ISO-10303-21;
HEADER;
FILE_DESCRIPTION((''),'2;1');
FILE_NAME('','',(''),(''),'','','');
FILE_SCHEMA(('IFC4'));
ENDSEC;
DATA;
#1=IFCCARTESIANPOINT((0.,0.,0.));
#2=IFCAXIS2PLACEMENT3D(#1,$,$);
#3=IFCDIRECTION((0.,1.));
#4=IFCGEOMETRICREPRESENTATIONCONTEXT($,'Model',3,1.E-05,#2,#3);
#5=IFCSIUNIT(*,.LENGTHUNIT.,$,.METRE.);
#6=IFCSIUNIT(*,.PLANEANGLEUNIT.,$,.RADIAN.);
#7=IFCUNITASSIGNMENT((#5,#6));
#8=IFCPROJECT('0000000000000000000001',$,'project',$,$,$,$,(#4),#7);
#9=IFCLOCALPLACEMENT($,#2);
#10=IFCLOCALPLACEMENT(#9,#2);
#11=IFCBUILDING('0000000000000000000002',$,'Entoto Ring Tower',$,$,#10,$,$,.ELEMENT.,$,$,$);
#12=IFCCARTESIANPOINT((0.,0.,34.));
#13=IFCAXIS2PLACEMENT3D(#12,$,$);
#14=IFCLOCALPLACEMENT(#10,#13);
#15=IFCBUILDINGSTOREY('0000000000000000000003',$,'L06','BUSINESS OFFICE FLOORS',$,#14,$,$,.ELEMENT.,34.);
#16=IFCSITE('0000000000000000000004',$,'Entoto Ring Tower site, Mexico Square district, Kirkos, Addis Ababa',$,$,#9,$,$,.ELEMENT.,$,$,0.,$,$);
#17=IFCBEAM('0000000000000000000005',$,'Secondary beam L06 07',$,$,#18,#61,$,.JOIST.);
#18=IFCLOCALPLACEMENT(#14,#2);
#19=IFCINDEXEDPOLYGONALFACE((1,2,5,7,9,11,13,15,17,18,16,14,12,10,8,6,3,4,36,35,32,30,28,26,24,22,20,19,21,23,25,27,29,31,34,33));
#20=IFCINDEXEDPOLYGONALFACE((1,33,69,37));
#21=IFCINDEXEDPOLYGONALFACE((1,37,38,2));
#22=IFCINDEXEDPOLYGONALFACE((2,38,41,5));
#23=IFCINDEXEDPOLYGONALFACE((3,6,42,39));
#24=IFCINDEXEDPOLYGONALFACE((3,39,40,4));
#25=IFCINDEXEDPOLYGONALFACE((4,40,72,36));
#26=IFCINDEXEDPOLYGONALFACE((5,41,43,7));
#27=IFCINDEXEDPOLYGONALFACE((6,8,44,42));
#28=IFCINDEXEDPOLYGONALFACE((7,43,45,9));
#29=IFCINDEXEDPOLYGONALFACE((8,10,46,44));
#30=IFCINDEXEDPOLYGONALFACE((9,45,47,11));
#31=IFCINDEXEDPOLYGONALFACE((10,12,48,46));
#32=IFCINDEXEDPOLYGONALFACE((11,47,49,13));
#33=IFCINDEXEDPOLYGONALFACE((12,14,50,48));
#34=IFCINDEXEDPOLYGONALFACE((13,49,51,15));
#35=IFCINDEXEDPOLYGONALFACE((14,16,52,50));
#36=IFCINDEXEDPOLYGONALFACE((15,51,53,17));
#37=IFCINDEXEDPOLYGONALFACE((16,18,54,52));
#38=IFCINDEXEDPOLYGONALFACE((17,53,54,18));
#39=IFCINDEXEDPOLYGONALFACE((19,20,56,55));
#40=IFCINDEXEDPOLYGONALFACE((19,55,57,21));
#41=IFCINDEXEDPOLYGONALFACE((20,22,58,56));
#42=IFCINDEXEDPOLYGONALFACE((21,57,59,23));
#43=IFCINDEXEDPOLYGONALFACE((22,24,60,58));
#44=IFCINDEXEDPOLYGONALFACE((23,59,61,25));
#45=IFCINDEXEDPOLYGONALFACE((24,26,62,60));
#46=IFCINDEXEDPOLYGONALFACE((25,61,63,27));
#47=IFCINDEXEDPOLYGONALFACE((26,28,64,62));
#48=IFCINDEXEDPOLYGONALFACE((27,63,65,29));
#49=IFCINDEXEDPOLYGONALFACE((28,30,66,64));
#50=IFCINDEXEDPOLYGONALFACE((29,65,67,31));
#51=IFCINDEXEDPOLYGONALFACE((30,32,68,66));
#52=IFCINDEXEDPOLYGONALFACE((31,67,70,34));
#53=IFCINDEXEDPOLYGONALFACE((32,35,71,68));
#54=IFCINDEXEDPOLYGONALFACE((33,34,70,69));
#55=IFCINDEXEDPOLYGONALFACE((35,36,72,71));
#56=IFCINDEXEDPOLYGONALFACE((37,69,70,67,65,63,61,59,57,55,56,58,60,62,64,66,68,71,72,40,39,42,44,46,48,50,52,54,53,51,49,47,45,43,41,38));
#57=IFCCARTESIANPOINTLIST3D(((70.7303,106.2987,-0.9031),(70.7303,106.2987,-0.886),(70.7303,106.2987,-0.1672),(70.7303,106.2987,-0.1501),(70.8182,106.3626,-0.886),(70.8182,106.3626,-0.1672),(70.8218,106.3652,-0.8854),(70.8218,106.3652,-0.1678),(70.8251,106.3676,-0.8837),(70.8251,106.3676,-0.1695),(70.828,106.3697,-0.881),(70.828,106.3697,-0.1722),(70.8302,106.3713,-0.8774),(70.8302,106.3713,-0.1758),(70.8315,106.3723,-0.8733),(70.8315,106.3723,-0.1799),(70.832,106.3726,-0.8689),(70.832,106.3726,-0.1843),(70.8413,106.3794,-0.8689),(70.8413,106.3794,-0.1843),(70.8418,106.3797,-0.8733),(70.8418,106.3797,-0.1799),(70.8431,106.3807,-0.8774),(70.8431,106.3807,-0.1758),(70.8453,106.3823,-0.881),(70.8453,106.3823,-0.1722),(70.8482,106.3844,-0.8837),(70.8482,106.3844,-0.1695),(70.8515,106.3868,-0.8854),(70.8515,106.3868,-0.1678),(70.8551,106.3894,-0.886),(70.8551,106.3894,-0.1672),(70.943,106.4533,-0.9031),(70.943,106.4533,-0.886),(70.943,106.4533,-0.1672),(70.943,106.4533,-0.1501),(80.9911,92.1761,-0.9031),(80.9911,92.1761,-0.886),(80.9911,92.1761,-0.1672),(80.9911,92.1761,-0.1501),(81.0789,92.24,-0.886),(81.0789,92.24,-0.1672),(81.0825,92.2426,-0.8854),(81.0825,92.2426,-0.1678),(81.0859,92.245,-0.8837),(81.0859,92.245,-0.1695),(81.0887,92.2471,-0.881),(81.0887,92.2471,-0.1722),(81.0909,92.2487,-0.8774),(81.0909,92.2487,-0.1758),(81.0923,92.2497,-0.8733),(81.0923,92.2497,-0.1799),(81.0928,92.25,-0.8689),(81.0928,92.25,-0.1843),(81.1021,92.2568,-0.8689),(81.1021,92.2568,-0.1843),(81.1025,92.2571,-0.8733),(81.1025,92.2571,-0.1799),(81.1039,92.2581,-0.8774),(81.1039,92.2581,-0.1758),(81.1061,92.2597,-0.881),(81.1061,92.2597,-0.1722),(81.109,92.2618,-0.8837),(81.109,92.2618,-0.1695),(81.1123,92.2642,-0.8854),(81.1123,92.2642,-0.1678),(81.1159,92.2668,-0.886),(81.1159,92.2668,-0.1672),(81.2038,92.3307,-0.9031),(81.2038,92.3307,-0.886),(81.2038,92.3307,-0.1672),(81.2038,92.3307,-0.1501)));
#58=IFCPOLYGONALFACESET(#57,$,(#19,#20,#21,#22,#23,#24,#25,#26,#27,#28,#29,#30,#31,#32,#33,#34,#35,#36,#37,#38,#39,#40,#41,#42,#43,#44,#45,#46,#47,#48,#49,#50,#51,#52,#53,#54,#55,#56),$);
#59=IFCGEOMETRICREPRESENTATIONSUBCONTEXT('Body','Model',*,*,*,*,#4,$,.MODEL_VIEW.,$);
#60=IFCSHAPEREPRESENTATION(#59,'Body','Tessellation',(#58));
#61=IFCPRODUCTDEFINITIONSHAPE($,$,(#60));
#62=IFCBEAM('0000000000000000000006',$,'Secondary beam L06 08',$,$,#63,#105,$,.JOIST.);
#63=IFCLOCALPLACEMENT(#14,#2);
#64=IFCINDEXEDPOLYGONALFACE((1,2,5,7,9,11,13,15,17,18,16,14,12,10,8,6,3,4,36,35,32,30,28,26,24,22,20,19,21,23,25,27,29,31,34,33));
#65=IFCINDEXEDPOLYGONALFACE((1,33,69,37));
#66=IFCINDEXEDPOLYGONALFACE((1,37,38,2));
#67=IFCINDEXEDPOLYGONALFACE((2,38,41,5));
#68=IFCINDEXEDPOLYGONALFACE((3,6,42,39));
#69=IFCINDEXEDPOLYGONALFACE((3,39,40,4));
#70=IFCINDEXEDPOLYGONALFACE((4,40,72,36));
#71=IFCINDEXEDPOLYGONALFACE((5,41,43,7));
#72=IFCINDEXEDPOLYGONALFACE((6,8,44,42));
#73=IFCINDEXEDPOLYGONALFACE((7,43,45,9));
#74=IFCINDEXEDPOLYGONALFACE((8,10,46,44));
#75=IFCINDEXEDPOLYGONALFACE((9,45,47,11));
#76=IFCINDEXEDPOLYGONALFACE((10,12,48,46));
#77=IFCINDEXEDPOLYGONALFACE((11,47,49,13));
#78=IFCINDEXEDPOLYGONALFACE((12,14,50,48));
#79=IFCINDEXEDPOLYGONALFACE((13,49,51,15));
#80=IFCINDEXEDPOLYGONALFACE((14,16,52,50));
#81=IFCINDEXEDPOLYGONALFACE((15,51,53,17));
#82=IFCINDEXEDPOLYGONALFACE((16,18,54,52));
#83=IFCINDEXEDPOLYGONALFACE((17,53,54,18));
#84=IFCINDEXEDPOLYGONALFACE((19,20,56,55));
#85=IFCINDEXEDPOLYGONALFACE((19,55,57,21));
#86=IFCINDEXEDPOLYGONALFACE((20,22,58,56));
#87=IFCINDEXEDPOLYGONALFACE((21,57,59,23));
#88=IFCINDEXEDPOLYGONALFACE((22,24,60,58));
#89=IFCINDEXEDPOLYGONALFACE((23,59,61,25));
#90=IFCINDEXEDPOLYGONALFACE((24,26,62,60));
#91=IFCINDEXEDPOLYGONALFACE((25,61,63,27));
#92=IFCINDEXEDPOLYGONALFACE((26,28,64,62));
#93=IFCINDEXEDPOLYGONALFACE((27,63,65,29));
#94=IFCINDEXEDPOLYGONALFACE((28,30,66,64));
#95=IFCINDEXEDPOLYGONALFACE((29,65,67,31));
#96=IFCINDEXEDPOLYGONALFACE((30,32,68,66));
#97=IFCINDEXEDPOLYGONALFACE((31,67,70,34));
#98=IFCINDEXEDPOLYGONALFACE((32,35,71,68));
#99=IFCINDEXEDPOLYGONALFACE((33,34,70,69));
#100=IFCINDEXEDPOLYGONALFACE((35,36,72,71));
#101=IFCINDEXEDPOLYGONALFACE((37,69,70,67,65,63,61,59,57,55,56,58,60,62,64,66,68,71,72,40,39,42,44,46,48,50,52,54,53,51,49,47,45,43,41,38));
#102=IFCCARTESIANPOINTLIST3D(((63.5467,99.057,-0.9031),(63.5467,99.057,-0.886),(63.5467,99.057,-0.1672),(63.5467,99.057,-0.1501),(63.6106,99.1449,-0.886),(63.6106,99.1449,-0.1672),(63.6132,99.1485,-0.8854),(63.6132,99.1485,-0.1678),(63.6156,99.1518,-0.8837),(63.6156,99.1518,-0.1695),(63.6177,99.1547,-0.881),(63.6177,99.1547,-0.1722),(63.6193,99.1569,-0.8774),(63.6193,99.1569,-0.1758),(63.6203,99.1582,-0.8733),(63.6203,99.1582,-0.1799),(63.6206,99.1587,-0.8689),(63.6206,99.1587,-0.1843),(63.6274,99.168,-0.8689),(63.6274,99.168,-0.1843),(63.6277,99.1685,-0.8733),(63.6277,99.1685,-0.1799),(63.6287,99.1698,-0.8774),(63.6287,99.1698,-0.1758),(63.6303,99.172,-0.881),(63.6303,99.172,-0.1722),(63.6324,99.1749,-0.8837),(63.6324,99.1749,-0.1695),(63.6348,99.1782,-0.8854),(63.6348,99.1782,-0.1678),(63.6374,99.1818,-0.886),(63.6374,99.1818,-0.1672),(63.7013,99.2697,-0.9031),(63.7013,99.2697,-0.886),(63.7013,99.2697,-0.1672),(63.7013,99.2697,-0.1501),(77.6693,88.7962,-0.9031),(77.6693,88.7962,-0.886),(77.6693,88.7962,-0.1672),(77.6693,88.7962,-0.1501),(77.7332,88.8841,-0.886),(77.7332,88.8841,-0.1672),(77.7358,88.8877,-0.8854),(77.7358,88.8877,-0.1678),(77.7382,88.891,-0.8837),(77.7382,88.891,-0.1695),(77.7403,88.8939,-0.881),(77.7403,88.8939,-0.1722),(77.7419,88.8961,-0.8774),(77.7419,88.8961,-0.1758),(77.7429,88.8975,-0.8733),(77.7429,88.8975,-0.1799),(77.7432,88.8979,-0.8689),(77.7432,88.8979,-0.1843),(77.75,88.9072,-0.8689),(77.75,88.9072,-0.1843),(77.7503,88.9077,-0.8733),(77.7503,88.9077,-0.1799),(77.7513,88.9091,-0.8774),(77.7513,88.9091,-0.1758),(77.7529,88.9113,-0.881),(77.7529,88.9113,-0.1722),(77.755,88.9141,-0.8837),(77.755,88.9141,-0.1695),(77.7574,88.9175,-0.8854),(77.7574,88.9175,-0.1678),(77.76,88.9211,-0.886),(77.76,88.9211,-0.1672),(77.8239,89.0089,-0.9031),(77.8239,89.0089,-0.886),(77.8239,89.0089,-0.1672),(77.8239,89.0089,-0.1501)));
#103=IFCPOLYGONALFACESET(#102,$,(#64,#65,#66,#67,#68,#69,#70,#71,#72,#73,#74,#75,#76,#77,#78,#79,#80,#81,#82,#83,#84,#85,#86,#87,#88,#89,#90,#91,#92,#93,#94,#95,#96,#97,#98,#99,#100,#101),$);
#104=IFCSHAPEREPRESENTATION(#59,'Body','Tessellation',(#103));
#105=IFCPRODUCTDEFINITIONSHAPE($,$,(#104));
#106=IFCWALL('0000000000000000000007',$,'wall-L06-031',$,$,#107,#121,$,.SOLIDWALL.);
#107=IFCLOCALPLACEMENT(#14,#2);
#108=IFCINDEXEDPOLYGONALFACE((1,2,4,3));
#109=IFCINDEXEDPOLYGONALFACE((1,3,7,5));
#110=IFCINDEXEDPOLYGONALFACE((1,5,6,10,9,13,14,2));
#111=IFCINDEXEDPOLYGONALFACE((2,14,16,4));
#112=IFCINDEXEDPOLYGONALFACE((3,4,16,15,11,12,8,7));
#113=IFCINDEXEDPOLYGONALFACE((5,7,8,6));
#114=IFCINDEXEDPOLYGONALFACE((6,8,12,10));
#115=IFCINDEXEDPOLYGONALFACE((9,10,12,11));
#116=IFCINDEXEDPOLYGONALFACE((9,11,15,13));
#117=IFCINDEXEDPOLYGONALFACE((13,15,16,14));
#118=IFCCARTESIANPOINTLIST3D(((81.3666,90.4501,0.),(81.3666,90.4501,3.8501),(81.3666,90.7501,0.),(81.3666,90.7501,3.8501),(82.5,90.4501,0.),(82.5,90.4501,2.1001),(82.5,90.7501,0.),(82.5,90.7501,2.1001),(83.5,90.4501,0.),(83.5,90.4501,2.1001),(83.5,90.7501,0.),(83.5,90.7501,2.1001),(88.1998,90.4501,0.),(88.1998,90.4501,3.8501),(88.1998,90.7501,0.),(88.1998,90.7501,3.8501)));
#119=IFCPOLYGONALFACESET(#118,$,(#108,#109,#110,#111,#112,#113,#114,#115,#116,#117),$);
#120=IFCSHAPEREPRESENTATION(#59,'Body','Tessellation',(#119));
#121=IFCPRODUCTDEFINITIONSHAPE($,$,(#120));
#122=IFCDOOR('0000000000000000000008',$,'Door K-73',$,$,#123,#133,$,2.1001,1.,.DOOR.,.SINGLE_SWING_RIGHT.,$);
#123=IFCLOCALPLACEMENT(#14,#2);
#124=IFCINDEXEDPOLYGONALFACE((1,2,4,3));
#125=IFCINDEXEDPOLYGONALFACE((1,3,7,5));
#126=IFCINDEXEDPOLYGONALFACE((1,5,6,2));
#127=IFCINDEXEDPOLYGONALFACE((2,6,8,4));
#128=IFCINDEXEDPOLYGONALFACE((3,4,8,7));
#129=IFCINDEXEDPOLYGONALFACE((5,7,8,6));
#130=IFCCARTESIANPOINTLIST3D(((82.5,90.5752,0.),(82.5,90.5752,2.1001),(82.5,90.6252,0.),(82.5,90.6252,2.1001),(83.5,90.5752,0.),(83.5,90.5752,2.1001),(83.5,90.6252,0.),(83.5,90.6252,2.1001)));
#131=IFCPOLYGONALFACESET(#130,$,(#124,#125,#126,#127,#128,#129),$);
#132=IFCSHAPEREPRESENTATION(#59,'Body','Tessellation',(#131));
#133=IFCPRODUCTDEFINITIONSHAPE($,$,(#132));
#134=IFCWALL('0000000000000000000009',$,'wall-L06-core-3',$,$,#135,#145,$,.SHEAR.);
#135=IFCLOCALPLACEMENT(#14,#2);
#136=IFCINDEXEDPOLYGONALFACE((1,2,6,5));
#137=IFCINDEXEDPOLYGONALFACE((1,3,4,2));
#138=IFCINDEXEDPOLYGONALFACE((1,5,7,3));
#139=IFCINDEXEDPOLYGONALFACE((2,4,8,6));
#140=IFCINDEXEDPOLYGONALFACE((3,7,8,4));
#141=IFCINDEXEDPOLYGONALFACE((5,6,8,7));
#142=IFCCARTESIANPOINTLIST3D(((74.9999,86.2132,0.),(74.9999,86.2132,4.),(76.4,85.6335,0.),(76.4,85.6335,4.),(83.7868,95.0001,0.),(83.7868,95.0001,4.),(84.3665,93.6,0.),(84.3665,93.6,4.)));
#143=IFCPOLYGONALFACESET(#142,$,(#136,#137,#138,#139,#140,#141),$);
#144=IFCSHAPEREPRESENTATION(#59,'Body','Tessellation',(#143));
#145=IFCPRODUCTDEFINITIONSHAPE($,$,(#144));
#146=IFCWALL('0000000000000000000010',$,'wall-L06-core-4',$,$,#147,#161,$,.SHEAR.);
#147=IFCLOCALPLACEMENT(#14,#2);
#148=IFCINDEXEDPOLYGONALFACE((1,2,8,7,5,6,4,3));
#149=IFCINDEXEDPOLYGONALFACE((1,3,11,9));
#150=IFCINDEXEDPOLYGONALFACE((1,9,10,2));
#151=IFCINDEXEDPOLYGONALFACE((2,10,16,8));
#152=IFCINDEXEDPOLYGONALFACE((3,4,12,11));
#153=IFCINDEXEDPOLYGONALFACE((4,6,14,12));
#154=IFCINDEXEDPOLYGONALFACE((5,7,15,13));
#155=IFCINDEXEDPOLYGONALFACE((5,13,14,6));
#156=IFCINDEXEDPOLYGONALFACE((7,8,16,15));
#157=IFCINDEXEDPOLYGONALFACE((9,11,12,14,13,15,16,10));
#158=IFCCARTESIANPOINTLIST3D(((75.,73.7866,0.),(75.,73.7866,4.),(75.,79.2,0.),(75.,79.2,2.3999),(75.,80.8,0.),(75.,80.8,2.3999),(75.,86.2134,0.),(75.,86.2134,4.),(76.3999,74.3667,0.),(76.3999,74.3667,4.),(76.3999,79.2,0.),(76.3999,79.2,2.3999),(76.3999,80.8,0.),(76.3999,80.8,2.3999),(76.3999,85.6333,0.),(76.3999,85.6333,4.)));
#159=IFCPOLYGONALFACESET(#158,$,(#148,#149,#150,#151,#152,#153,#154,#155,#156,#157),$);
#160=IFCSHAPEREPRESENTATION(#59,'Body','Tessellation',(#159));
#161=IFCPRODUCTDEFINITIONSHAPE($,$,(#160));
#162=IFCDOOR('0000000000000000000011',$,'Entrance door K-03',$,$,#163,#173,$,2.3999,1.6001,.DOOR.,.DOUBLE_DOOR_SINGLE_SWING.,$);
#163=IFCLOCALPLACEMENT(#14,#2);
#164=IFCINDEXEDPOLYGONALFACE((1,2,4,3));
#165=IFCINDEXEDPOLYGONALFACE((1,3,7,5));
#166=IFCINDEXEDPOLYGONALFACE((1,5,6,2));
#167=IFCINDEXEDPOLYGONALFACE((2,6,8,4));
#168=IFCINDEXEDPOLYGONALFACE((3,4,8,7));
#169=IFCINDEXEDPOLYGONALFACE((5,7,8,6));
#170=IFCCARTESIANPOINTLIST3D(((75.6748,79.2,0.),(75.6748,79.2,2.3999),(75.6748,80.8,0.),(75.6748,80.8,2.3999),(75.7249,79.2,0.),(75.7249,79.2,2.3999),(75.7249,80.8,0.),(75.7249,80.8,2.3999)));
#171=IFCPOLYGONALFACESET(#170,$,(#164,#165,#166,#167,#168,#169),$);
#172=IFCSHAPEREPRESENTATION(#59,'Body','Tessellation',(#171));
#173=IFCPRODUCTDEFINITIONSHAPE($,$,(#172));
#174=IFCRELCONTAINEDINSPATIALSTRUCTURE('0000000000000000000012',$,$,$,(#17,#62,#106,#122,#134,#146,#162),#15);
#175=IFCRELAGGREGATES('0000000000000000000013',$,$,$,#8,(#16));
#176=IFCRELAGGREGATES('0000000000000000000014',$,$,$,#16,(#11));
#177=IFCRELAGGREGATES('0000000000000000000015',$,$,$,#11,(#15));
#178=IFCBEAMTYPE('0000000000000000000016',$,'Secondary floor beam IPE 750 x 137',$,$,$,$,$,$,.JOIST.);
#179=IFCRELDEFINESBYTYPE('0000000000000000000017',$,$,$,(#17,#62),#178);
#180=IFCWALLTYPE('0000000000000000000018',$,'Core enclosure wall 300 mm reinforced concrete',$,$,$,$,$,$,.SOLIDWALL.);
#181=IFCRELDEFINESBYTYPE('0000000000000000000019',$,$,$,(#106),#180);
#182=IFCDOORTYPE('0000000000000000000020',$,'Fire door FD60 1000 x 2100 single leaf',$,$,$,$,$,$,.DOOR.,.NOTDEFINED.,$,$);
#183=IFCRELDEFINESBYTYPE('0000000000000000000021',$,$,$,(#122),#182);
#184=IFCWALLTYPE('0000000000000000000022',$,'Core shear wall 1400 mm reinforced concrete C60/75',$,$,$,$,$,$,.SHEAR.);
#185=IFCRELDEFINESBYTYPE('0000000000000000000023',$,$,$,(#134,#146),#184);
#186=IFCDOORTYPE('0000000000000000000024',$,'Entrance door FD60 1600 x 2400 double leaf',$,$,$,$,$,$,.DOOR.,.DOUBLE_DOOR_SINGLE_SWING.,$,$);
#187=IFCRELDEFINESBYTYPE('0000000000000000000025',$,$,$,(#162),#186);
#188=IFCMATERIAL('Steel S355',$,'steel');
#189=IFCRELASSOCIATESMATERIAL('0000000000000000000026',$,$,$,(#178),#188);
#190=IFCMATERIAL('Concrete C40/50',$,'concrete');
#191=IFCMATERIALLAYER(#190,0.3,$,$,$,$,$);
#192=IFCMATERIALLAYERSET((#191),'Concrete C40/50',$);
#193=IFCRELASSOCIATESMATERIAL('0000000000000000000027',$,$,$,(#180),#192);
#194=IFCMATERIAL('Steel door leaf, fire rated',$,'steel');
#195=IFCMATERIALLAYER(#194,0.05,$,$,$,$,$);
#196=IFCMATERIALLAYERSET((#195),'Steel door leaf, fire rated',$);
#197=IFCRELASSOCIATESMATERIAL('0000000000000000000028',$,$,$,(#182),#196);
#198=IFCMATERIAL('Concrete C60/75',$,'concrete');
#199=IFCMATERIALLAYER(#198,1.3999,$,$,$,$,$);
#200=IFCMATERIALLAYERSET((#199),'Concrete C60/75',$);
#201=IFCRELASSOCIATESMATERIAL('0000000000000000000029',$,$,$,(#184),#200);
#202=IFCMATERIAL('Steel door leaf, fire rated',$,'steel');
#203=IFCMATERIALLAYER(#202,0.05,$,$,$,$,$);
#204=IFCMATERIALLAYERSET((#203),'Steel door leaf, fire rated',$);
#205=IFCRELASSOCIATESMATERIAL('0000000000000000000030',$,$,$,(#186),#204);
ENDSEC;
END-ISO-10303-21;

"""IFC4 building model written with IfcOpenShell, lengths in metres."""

from ifc_helpers import new_model, si_unit, direction, frame, frame_2d, origin, origin_2d, place, context, subcontext, project, spatial, polyline, rectangle, i_section, outline, extrude, material, layer, layer_set, material_profile, profile_set, type_object, element, fill, save


model = new_model("IFC4")

# Units and contexts
model_context = context("Model", 3, precision=1e-05, world=origin(), true_north=direction((0.0, 1.0)))
body_context = subcontext(model_context, "Body", "Model", "MODEL_VIEW")
ifc_project = project(units=[si_unit("LENGTHUNIT", "METRE"), si_unit("PLANEANGLEUNIT", "RADIAN")], contexts=[model_context])

# Site, building, storey
site_placement = place(None, origin())
site = spatial("IfcSite", under=ifc_project, at=site_placement, Name="Entoto Ring Tower site, Mexico Square district, Kirkos, Addis Ababa", CompositionType="ELEMENT", RefElevation=0.0)
building_placement = place(site_placement, origin())
building = spatial("IfcBuilding", under=site, at=building_placement, Name="Entoto Ring Tower", CompositionType="ELEMENT")
storey_placement = place(building_placement, frame((0.0, 0.0, 34.0)))
storey = spatial("IfcBuildingStorey", under=building, at=storey_placement, Name="L06", Description="BUSINESS OFFICE FLOORS", CompositionType="ELEMENT", Elevation=34.0)

# Beams
ifc_material_1 = material(Name="Steel S355", Category="steel")
ifc_material_profile_1 = material_profile(ifc_material_1, i_section(OverallWidth=0.2629, OverallDepth=0.7529, WebThickness=0.0115, FlangeThickness=0.0171, FilletRadius=0.0171, at=origin_2d()), Name="IPE 750 x 137")
ifc_profile_set_1 = profile_set([ifc_material_profile_1], Name="Steel S355")
beam_type_1 = type_object("IfcBeamType", Name="Secondary floor beam IPE 750 x 137", PredefinedType="JOIST", material=ifc_profile_set_1)
for number, where, z_axis, x_axis, name in (
    (1, (81.0974, 92.2534, -0.5266), (-0.587789, 0.809014, 0.0), (-0.809014, -0.587789, 0.0), "Secondary beam L06 07"),
    (2, (77.7466, 88.9026, -0.5266), (-0.809014, 0.587789, 0.0), (-0.587789, -0.809014, 0.0), "Secondary beam L06 08"),
):
    element("IfcBeam", number, at=place(storey_placement, frame(where, z_axis=z_axis, x_axis=x_axis)), inside=storey, type_object=beam_type_1, Name=name, PredefinedType="JOIST", context=body_context, shape_type="SweptSolid", body=[
        extrude(i_section(OverallWidth=0.2629, OverallDepth=0.7529, WebThickness=0.0115, FlangeThickness=0.0171, FilletRadius=0.0171, at=origin_2d()), origin(), (0.0, 0.0, 1.0), 17.4565),
    ])

# Wall, opening, door
ifc_material_2 = material(Name="Concrete C40/50", Category="concrete")
ifc_layer_1 = layer(ifc_material_2, 0.3)
ifc_layer_set_1 = layer_set([ifc_layer_1], Name="Concrete C40/50")
wall_type_1 = type_object("IfcWallType", Name="Core enclosure wall 300 mm reinforced concrete", PredefinedType="SOLIDWALL", material=ifc_layer_set_1)
wall_1_placement = place(storey_placement, frame((81.3667, 90.6001, 0.0), z_axis=(0.0, 0.0, 1.0), x_axis=(1.0, 0.0, 0.0)))
wall_1 = element("IfcWall", 3, at=wall_1_placement, inside=storey, type_object=wall_type_1, Name="wall-L06-031", PredefinedType="SOLIDWALL", context=body_context, shape_type="SweptSolid", body=[
    extrude(rectangle(XDim=6.8333, YDim=0.3, at=frame_2d((3.4165, 0.0))), origin(), (0.0, 0.0, 1.0), 3.8501),
])
opening_1_placement = place(wall_1_placement, frame((1.1333, 0.0, 0.0)))
opening_1 = element("IfcOpeningElement", 4, at=opening_1_placement, cuts=wall_1, PredefinedType="OPENING", context=body_context, shape_type="SweptSolid", body=[
    extrude(rectangle(XDim=1.0, YDim=2.1001, at=frame_2d((0.5, 1.05))), frame((0.0, 0.1602, 0.0), z_axis=(0.0, -1.0, 0.0), x_axis=(1.0, 0.0, 0.0)), (0.0, 0.0, 1.0), 0.3201),
])
ifc_material_3 = material(Name="Steel door leaf, fire rated", Category="steel")
ifc_layer_2 = layer(ifc_material_3, 0.05)
ifc_layer_set_2 = layer_set([ifc_layer_2], Name="Steel door leaf, fire rated")
door_type_1 = type_object("IfcDoorType", Name="Fire door FD60 1000 x 2100 single leaf", OperationType="NOTDEFINED", PredefinedType="DOOR", material=ifc_layer_set_2)
door_1_placement = place(opening_1_placement, frame((1.0, 0.0, 0.0), z_axis=(0.0, 0.0, 1.0), x_axis=(-1.0, 0.0, 0.0)))
door_1 = element("IfcDoor", 5, at=door_1_placement, inside=storey, type_object=door_type_1, Name="Door K-73", OperationType="SINGLE_SWING_RIGHT", OverallHeight=2.1001, OverallWidth=1.0, PredefinedType="DOOR", context=body_context, shape_type="SweptSolid", body=[
    extrude(rectangle(XDim=1.0, YDim=2.1001, at=frame_2d((0.5, 1.05))), frame((0.0, 0.0249, 0.0), z_axis=(0.0, -1.0, 0.0), x_axis=(1.0, 0.0, 0.0)), (0.0, 0.0, 1.0), 0.05),
])
fill(opening_1, door_1)

# Wall
ifc_material_4 = material(Name="Concrete C60/75", Category="concrete")
ifc_layer_3 = layer(ifc_material_4, 1.3999)
ifc_layer_set_3 = layer_set([ifc_layer_3], Name="Concrete C60/75")
wall_type_2 = type_object("IfcWallType", Name="Core shear wall 1400 mm reinforced concrete C60/75", PredefinedType="SHEAR", material=ifc_layer_set_3)
wall_2_placement = place(storey_placement, frame((84.0767, 94.3, 0.0), z_axis=(0.0, 0.0, 1.0), x_axis=(-0.707107, -0.707107, 0.0)))
element("IfcWall", 6, at=wall_2_placement, inside=storey, type_object=wall_type_2, Name="wall-L06-core-3", PredefinedType="SHEAR", context=body_context, shape_type="SweptSolid", body=[
    extrude(outline(polyline([(-0.29, -0.7), (12.1365, -0.7), (11.5564, 0.7), (0.29, 0.7), (-0.29, -0.7)])), origin(), (0.0, 0.0, 1.0), 4.0),
])

# Wall, opening, door
wall_3_placement = place(storey_placement, frame((75.7, 85.9233, 0.0), z_axis=(0.0, 0.0, 1.0), x_axis=(0.0, -1.0, 0.0)))
wall_3 = element("IfcWall", 7, at=wall_3_placement, inside=storey, type_object=wall_type_2, Name="wall-L06-core-4", PredefinedType="SHEAR", context=body_context, shape_type="SweptSolid", body=[
    extrude(outline(polyline([(-0.29, -0.7), (12.1367, -0.7), (11.5566, 0.7), (0.29, 0.7), (-0.29, -0.7)])), origin(), (0.0, 0.0, 1.0), 4.0),
])
opening_2_placement = place(wall_3_placement, frame((5.1233, 0.0, 0.0)))
opening_2 = element("IfcOpeningElement", 8, at=opening_2_placement, cuts=wall_3, PredefinedType="OPENING", context=body_context, shape_type="SweptSolid", body=[
    extrude(rectangle(XDim=1.6001, YDim=2.3999, at=frame_2d((0.8, 1.2))), frame((0.0, 0.71, 0.0), z_axis=(0.0, -1.0, 0.0), x_axis=(1.0, 0.0, 0.0)), (0.0, 0.0, 1.0), 1.4199),
])
ifc_material_5 = material(Name="Steel door leaf, fire rated", Category="steel")
ifc_layer_4 = layer(ifc_material_5, 0.05)
ifc_layer_set_4 = layer_set([ifc_layer_4], Name="Steel door leaf, fire rated")
door_type_2 = type_object("IfcDoorType", Name="Entrance door FD60 1600 x 2400 double leaf", OperationType="DOUBLE_DOOR_SINGLE_SWING", PredefinedType="DOOR", material=ifc_layer_set_4)
door_2_placement = place(opening_2_placement, origin())
door_2 = element("IfcDoor", 9, at=door_2_placement, inside=storey, type_object=door_type_2, Name="Entrance door K-03", OperationType="DOUBLE_DOOR_SINGLE_SWING", OverallHeight=2.3999, OverallWidth=1.6001, PredefinedType="DOOR", context=body_context, shape_type="SweptSolid", body=[
    extrude(rectangle(XDim=1.6001, YDim=2.3999, at=frame_2d((0.8, 1.2))), frame((0.0, 0.0249, 0.0), z_axis=(0.0, -1.0, 0.0), x_axis=(1.0, 0.0, 0.0)), (0.0, 0.0, 1.0), 0.05),
])
fill(opening_2, door_2)

save(model, "model.ifc")
